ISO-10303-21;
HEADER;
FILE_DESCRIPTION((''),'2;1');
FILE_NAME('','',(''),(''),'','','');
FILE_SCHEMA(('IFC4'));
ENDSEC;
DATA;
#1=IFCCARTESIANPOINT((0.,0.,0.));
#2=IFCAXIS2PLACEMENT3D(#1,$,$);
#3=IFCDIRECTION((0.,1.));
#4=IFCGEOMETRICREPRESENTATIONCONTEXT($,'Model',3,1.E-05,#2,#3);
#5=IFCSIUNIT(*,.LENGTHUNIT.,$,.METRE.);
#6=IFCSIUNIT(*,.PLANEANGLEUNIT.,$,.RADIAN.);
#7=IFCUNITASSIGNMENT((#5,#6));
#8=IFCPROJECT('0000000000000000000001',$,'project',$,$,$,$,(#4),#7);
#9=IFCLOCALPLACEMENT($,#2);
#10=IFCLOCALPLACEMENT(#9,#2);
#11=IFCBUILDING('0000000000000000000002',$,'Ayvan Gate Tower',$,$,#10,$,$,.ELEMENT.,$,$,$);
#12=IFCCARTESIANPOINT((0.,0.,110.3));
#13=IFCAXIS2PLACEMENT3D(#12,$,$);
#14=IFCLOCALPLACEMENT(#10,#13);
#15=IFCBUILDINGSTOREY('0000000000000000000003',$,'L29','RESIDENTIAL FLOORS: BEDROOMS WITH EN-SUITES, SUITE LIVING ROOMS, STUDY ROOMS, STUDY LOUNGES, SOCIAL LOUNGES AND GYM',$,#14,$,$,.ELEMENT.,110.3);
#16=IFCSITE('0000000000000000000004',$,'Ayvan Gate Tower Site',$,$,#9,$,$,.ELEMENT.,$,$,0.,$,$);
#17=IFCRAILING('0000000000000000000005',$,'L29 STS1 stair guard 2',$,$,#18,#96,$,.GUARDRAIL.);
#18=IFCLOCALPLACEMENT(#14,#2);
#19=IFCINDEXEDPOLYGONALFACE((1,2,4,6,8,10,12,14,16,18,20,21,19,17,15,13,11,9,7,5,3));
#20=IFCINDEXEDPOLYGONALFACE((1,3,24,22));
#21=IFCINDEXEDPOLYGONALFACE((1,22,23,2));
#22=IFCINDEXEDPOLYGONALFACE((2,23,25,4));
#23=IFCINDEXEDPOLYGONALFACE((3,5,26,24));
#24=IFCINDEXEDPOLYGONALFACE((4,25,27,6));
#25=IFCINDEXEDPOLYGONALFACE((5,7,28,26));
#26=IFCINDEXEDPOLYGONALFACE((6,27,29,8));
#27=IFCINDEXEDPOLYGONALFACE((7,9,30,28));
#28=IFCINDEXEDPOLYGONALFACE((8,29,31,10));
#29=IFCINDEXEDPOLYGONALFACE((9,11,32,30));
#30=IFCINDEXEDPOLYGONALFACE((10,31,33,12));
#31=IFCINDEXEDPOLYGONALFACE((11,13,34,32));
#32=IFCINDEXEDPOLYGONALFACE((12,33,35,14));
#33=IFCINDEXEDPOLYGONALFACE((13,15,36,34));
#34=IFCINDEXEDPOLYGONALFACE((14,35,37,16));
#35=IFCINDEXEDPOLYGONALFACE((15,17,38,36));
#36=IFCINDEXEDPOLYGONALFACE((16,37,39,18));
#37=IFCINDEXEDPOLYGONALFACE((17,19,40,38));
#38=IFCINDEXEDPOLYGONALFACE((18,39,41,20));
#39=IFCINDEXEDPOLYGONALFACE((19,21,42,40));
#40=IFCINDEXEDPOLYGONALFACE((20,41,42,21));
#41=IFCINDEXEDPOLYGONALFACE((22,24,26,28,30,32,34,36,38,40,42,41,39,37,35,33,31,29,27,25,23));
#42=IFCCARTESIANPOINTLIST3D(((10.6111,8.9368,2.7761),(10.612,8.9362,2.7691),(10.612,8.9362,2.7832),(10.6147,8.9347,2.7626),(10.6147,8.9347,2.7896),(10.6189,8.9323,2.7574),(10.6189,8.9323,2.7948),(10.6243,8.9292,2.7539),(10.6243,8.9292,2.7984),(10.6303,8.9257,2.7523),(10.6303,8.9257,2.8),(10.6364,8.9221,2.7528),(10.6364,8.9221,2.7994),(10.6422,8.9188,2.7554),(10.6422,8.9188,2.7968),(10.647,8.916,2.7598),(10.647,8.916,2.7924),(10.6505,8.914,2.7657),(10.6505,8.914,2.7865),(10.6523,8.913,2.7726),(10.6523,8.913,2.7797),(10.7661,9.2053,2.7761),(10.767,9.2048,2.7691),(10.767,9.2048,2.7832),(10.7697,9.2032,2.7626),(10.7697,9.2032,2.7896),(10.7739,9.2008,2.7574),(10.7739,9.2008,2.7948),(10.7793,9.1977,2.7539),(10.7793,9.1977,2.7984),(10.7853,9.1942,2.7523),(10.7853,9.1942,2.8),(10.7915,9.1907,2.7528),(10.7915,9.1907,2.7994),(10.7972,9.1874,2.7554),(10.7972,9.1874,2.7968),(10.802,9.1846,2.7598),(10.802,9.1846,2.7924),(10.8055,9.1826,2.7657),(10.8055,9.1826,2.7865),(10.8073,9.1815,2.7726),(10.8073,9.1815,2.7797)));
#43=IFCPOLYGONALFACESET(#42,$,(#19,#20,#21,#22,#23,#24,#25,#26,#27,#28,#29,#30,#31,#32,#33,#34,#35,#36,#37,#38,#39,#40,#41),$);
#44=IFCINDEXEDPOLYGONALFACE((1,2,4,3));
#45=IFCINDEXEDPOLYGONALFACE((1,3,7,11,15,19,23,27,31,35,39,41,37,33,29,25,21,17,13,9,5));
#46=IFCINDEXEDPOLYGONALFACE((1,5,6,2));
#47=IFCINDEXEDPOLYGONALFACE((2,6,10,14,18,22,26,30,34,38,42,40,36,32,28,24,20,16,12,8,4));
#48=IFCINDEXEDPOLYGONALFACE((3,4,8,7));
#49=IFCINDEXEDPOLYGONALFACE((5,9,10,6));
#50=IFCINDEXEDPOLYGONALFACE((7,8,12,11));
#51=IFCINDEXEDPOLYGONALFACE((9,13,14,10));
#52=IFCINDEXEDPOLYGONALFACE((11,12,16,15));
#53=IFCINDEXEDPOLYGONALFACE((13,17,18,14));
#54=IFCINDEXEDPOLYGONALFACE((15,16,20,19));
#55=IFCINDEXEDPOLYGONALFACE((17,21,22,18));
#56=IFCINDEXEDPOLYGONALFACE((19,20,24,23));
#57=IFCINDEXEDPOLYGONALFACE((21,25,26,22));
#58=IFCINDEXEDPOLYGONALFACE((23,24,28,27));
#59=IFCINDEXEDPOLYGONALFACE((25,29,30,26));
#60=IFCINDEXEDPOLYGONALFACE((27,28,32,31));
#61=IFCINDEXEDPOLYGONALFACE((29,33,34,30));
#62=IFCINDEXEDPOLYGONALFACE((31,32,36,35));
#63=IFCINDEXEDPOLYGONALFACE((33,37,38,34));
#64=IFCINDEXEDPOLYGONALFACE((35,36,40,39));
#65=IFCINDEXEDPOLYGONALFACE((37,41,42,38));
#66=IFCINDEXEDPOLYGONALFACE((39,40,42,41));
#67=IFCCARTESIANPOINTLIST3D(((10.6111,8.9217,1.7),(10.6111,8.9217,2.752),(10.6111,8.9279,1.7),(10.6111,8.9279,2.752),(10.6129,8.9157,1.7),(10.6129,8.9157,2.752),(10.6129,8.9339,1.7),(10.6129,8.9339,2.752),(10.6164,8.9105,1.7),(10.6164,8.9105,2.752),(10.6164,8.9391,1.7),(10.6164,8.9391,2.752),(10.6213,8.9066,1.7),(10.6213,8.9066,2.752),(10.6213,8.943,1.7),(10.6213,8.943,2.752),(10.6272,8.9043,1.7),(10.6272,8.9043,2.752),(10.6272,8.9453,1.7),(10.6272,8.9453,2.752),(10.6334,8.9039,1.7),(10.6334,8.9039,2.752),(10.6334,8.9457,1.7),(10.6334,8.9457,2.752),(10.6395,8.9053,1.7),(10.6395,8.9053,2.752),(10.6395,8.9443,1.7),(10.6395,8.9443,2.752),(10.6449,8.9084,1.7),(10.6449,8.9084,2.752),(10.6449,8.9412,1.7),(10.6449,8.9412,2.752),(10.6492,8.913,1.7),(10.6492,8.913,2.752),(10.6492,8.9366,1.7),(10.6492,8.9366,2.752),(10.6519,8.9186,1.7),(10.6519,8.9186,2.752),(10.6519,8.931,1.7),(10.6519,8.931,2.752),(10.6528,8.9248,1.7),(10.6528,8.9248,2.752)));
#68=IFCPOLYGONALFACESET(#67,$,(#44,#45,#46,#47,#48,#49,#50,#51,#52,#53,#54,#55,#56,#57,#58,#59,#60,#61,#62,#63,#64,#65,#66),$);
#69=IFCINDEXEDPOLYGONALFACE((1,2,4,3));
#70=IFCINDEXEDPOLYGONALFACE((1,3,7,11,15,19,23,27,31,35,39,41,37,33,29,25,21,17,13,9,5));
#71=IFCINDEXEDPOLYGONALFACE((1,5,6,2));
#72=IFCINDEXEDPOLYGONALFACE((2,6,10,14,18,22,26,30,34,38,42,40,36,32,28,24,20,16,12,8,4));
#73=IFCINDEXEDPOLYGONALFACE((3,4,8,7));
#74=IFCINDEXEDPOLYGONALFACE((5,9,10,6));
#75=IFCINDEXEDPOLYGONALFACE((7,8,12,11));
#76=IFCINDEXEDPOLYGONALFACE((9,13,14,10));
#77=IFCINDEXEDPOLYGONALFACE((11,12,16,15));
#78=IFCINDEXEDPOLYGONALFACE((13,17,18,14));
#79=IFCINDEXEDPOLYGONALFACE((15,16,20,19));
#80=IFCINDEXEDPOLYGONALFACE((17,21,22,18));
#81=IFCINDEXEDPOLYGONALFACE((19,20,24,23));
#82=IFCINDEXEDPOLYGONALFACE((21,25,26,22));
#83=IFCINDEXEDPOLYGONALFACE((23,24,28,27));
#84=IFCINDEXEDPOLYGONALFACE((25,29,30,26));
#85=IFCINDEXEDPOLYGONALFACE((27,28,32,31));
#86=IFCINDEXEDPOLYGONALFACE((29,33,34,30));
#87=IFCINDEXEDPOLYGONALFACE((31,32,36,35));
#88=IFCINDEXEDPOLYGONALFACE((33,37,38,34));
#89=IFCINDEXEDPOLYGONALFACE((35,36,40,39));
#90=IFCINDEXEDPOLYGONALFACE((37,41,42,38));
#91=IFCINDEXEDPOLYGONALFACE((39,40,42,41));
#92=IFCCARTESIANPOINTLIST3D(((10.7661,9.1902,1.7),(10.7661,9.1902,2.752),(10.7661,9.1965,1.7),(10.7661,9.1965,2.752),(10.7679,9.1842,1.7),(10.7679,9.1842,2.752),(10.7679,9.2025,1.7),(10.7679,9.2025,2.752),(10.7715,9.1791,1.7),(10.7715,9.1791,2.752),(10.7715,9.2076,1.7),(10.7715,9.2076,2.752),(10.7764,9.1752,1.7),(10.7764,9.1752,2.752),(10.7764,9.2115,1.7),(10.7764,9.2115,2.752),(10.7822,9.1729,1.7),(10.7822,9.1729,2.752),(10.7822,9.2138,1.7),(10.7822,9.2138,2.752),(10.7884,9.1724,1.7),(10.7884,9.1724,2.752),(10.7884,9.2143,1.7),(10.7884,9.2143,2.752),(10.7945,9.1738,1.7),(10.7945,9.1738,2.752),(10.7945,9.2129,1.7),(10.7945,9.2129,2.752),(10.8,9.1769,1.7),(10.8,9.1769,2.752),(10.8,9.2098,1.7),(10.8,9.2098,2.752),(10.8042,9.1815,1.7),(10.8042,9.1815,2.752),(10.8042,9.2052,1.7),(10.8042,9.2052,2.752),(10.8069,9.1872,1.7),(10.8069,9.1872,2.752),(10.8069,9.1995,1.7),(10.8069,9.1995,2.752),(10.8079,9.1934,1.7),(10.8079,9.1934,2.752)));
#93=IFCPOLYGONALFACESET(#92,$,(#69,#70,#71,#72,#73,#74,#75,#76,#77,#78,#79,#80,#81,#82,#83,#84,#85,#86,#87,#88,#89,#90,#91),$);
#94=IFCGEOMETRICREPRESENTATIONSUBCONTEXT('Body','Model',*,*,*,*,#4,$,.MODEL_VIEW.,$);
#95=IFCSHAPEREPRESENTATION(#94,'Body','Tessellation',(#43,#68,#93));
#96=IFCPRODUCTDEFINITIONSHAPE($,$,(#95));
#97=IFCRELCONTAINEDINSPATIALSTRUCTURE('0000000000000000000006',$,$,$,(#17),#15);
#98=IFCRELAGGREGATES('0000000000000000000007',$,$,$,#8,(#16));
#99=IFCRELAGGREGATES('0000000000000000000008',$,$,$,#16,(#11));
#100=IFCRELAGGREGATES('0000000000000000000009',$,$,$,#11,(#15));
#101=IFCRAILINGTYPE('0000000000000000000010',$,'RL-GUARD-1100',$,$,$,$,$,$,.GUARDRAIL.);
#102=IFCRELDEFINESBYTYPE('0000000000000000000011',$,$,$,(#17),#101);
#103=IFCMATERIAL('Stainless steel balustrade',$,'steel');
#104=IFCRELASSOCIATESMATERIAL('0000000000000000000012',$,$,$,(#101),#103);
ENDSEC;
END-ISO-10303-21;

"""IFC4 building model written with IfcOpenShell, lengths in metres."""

from ifc_helpers import new_model, si_unit, direction, frame, origin, origin_2d, place, context, subcontext, project, spatial, circle, extrude, material, type_object, element, save


model = new_model("IFC4")

# Units and contexts
model_context = context("Model", 3, precision=1e-05, world=origin(), true_north=direction((0.0, 1.0)))
body_context = subcontext(model_context, "Body", "Model", "MODEL_VIEW")
ifc_project = project(units=[si_unit("LENGTHUNIT", "METRE"), si_unit("PLANEANGLEUNIT", "RADIAN")], contexts=[model_context])

# Site, building, storey
site_placement = place(None, origin())
site = spatial("IfcSite", under=ifc_project, at=site_placement, Name="Ayvan Gate Tower Site", CompositionType="ELEMENT", RefElevation=0.0)
building_placement = place(site_placement, origin())
building = spatial("IfcBuilding", under=site, at=building_placement, Name="Ayvan Gate Tower", CompositionType="ELEMENT")
storey_placement = place(building_placement, frame((0.0, 0.0, 110.3)))
storey = spatial("IfcBuildingStorey", under=building, at=storey_placement, Name="L29", Description="RESIDENTIAL FLOORS: BEDROOMS WITH EN-SUITES, SUITE LIVING ROOMS, STUDY ROOMS, STUDY LOUNGES, SOCIAL LOUNGES AND GYM", CompositionType="ELEMENT", Elevation=110.3)

# Railing
ifc_material_1 = material(Name="Stainless steel balustrade", Category="steel")
railing_type_1 = type_object("IfcRailingType", Name="RL-GUARD-1100", PredefinedType="GUARDRAIL", material=ifc_material_1)
railing_1_placement = place(storey_placement, frame((10.6318, 8.9248, 1.7)))
element("IfcRailing", 1, at=railing_1_placement, inside=storey, type_object=railing_type_1, Name="L29 STS1 stair guard 2", PredefinedType="GUARDRAIL", context=body_context, shape_type="SweptSolid", body=[
    extrude(circle(Radius=0.0239, at=origin_2d()), frame((0.0, 0.0, 1.0762), z_axis=(0.49995, 0.866054, 0.0), x_axis=(-0.866054, 0.49995, 0.0)), (0.0, 0.0, 1.0), 0.3101),
    extrude(circle(Radius=0.021, at=origin_2d()), origin(), (0.0, 0.0, 1.0), 1.052),
    extrude(circle(Radius=0.021, at=origin_2d()), frame((0.155, 0.2686, 0.0)), (0.0, 0.0, 1.0), 1.052),
])

save(model, "model.ifc")
